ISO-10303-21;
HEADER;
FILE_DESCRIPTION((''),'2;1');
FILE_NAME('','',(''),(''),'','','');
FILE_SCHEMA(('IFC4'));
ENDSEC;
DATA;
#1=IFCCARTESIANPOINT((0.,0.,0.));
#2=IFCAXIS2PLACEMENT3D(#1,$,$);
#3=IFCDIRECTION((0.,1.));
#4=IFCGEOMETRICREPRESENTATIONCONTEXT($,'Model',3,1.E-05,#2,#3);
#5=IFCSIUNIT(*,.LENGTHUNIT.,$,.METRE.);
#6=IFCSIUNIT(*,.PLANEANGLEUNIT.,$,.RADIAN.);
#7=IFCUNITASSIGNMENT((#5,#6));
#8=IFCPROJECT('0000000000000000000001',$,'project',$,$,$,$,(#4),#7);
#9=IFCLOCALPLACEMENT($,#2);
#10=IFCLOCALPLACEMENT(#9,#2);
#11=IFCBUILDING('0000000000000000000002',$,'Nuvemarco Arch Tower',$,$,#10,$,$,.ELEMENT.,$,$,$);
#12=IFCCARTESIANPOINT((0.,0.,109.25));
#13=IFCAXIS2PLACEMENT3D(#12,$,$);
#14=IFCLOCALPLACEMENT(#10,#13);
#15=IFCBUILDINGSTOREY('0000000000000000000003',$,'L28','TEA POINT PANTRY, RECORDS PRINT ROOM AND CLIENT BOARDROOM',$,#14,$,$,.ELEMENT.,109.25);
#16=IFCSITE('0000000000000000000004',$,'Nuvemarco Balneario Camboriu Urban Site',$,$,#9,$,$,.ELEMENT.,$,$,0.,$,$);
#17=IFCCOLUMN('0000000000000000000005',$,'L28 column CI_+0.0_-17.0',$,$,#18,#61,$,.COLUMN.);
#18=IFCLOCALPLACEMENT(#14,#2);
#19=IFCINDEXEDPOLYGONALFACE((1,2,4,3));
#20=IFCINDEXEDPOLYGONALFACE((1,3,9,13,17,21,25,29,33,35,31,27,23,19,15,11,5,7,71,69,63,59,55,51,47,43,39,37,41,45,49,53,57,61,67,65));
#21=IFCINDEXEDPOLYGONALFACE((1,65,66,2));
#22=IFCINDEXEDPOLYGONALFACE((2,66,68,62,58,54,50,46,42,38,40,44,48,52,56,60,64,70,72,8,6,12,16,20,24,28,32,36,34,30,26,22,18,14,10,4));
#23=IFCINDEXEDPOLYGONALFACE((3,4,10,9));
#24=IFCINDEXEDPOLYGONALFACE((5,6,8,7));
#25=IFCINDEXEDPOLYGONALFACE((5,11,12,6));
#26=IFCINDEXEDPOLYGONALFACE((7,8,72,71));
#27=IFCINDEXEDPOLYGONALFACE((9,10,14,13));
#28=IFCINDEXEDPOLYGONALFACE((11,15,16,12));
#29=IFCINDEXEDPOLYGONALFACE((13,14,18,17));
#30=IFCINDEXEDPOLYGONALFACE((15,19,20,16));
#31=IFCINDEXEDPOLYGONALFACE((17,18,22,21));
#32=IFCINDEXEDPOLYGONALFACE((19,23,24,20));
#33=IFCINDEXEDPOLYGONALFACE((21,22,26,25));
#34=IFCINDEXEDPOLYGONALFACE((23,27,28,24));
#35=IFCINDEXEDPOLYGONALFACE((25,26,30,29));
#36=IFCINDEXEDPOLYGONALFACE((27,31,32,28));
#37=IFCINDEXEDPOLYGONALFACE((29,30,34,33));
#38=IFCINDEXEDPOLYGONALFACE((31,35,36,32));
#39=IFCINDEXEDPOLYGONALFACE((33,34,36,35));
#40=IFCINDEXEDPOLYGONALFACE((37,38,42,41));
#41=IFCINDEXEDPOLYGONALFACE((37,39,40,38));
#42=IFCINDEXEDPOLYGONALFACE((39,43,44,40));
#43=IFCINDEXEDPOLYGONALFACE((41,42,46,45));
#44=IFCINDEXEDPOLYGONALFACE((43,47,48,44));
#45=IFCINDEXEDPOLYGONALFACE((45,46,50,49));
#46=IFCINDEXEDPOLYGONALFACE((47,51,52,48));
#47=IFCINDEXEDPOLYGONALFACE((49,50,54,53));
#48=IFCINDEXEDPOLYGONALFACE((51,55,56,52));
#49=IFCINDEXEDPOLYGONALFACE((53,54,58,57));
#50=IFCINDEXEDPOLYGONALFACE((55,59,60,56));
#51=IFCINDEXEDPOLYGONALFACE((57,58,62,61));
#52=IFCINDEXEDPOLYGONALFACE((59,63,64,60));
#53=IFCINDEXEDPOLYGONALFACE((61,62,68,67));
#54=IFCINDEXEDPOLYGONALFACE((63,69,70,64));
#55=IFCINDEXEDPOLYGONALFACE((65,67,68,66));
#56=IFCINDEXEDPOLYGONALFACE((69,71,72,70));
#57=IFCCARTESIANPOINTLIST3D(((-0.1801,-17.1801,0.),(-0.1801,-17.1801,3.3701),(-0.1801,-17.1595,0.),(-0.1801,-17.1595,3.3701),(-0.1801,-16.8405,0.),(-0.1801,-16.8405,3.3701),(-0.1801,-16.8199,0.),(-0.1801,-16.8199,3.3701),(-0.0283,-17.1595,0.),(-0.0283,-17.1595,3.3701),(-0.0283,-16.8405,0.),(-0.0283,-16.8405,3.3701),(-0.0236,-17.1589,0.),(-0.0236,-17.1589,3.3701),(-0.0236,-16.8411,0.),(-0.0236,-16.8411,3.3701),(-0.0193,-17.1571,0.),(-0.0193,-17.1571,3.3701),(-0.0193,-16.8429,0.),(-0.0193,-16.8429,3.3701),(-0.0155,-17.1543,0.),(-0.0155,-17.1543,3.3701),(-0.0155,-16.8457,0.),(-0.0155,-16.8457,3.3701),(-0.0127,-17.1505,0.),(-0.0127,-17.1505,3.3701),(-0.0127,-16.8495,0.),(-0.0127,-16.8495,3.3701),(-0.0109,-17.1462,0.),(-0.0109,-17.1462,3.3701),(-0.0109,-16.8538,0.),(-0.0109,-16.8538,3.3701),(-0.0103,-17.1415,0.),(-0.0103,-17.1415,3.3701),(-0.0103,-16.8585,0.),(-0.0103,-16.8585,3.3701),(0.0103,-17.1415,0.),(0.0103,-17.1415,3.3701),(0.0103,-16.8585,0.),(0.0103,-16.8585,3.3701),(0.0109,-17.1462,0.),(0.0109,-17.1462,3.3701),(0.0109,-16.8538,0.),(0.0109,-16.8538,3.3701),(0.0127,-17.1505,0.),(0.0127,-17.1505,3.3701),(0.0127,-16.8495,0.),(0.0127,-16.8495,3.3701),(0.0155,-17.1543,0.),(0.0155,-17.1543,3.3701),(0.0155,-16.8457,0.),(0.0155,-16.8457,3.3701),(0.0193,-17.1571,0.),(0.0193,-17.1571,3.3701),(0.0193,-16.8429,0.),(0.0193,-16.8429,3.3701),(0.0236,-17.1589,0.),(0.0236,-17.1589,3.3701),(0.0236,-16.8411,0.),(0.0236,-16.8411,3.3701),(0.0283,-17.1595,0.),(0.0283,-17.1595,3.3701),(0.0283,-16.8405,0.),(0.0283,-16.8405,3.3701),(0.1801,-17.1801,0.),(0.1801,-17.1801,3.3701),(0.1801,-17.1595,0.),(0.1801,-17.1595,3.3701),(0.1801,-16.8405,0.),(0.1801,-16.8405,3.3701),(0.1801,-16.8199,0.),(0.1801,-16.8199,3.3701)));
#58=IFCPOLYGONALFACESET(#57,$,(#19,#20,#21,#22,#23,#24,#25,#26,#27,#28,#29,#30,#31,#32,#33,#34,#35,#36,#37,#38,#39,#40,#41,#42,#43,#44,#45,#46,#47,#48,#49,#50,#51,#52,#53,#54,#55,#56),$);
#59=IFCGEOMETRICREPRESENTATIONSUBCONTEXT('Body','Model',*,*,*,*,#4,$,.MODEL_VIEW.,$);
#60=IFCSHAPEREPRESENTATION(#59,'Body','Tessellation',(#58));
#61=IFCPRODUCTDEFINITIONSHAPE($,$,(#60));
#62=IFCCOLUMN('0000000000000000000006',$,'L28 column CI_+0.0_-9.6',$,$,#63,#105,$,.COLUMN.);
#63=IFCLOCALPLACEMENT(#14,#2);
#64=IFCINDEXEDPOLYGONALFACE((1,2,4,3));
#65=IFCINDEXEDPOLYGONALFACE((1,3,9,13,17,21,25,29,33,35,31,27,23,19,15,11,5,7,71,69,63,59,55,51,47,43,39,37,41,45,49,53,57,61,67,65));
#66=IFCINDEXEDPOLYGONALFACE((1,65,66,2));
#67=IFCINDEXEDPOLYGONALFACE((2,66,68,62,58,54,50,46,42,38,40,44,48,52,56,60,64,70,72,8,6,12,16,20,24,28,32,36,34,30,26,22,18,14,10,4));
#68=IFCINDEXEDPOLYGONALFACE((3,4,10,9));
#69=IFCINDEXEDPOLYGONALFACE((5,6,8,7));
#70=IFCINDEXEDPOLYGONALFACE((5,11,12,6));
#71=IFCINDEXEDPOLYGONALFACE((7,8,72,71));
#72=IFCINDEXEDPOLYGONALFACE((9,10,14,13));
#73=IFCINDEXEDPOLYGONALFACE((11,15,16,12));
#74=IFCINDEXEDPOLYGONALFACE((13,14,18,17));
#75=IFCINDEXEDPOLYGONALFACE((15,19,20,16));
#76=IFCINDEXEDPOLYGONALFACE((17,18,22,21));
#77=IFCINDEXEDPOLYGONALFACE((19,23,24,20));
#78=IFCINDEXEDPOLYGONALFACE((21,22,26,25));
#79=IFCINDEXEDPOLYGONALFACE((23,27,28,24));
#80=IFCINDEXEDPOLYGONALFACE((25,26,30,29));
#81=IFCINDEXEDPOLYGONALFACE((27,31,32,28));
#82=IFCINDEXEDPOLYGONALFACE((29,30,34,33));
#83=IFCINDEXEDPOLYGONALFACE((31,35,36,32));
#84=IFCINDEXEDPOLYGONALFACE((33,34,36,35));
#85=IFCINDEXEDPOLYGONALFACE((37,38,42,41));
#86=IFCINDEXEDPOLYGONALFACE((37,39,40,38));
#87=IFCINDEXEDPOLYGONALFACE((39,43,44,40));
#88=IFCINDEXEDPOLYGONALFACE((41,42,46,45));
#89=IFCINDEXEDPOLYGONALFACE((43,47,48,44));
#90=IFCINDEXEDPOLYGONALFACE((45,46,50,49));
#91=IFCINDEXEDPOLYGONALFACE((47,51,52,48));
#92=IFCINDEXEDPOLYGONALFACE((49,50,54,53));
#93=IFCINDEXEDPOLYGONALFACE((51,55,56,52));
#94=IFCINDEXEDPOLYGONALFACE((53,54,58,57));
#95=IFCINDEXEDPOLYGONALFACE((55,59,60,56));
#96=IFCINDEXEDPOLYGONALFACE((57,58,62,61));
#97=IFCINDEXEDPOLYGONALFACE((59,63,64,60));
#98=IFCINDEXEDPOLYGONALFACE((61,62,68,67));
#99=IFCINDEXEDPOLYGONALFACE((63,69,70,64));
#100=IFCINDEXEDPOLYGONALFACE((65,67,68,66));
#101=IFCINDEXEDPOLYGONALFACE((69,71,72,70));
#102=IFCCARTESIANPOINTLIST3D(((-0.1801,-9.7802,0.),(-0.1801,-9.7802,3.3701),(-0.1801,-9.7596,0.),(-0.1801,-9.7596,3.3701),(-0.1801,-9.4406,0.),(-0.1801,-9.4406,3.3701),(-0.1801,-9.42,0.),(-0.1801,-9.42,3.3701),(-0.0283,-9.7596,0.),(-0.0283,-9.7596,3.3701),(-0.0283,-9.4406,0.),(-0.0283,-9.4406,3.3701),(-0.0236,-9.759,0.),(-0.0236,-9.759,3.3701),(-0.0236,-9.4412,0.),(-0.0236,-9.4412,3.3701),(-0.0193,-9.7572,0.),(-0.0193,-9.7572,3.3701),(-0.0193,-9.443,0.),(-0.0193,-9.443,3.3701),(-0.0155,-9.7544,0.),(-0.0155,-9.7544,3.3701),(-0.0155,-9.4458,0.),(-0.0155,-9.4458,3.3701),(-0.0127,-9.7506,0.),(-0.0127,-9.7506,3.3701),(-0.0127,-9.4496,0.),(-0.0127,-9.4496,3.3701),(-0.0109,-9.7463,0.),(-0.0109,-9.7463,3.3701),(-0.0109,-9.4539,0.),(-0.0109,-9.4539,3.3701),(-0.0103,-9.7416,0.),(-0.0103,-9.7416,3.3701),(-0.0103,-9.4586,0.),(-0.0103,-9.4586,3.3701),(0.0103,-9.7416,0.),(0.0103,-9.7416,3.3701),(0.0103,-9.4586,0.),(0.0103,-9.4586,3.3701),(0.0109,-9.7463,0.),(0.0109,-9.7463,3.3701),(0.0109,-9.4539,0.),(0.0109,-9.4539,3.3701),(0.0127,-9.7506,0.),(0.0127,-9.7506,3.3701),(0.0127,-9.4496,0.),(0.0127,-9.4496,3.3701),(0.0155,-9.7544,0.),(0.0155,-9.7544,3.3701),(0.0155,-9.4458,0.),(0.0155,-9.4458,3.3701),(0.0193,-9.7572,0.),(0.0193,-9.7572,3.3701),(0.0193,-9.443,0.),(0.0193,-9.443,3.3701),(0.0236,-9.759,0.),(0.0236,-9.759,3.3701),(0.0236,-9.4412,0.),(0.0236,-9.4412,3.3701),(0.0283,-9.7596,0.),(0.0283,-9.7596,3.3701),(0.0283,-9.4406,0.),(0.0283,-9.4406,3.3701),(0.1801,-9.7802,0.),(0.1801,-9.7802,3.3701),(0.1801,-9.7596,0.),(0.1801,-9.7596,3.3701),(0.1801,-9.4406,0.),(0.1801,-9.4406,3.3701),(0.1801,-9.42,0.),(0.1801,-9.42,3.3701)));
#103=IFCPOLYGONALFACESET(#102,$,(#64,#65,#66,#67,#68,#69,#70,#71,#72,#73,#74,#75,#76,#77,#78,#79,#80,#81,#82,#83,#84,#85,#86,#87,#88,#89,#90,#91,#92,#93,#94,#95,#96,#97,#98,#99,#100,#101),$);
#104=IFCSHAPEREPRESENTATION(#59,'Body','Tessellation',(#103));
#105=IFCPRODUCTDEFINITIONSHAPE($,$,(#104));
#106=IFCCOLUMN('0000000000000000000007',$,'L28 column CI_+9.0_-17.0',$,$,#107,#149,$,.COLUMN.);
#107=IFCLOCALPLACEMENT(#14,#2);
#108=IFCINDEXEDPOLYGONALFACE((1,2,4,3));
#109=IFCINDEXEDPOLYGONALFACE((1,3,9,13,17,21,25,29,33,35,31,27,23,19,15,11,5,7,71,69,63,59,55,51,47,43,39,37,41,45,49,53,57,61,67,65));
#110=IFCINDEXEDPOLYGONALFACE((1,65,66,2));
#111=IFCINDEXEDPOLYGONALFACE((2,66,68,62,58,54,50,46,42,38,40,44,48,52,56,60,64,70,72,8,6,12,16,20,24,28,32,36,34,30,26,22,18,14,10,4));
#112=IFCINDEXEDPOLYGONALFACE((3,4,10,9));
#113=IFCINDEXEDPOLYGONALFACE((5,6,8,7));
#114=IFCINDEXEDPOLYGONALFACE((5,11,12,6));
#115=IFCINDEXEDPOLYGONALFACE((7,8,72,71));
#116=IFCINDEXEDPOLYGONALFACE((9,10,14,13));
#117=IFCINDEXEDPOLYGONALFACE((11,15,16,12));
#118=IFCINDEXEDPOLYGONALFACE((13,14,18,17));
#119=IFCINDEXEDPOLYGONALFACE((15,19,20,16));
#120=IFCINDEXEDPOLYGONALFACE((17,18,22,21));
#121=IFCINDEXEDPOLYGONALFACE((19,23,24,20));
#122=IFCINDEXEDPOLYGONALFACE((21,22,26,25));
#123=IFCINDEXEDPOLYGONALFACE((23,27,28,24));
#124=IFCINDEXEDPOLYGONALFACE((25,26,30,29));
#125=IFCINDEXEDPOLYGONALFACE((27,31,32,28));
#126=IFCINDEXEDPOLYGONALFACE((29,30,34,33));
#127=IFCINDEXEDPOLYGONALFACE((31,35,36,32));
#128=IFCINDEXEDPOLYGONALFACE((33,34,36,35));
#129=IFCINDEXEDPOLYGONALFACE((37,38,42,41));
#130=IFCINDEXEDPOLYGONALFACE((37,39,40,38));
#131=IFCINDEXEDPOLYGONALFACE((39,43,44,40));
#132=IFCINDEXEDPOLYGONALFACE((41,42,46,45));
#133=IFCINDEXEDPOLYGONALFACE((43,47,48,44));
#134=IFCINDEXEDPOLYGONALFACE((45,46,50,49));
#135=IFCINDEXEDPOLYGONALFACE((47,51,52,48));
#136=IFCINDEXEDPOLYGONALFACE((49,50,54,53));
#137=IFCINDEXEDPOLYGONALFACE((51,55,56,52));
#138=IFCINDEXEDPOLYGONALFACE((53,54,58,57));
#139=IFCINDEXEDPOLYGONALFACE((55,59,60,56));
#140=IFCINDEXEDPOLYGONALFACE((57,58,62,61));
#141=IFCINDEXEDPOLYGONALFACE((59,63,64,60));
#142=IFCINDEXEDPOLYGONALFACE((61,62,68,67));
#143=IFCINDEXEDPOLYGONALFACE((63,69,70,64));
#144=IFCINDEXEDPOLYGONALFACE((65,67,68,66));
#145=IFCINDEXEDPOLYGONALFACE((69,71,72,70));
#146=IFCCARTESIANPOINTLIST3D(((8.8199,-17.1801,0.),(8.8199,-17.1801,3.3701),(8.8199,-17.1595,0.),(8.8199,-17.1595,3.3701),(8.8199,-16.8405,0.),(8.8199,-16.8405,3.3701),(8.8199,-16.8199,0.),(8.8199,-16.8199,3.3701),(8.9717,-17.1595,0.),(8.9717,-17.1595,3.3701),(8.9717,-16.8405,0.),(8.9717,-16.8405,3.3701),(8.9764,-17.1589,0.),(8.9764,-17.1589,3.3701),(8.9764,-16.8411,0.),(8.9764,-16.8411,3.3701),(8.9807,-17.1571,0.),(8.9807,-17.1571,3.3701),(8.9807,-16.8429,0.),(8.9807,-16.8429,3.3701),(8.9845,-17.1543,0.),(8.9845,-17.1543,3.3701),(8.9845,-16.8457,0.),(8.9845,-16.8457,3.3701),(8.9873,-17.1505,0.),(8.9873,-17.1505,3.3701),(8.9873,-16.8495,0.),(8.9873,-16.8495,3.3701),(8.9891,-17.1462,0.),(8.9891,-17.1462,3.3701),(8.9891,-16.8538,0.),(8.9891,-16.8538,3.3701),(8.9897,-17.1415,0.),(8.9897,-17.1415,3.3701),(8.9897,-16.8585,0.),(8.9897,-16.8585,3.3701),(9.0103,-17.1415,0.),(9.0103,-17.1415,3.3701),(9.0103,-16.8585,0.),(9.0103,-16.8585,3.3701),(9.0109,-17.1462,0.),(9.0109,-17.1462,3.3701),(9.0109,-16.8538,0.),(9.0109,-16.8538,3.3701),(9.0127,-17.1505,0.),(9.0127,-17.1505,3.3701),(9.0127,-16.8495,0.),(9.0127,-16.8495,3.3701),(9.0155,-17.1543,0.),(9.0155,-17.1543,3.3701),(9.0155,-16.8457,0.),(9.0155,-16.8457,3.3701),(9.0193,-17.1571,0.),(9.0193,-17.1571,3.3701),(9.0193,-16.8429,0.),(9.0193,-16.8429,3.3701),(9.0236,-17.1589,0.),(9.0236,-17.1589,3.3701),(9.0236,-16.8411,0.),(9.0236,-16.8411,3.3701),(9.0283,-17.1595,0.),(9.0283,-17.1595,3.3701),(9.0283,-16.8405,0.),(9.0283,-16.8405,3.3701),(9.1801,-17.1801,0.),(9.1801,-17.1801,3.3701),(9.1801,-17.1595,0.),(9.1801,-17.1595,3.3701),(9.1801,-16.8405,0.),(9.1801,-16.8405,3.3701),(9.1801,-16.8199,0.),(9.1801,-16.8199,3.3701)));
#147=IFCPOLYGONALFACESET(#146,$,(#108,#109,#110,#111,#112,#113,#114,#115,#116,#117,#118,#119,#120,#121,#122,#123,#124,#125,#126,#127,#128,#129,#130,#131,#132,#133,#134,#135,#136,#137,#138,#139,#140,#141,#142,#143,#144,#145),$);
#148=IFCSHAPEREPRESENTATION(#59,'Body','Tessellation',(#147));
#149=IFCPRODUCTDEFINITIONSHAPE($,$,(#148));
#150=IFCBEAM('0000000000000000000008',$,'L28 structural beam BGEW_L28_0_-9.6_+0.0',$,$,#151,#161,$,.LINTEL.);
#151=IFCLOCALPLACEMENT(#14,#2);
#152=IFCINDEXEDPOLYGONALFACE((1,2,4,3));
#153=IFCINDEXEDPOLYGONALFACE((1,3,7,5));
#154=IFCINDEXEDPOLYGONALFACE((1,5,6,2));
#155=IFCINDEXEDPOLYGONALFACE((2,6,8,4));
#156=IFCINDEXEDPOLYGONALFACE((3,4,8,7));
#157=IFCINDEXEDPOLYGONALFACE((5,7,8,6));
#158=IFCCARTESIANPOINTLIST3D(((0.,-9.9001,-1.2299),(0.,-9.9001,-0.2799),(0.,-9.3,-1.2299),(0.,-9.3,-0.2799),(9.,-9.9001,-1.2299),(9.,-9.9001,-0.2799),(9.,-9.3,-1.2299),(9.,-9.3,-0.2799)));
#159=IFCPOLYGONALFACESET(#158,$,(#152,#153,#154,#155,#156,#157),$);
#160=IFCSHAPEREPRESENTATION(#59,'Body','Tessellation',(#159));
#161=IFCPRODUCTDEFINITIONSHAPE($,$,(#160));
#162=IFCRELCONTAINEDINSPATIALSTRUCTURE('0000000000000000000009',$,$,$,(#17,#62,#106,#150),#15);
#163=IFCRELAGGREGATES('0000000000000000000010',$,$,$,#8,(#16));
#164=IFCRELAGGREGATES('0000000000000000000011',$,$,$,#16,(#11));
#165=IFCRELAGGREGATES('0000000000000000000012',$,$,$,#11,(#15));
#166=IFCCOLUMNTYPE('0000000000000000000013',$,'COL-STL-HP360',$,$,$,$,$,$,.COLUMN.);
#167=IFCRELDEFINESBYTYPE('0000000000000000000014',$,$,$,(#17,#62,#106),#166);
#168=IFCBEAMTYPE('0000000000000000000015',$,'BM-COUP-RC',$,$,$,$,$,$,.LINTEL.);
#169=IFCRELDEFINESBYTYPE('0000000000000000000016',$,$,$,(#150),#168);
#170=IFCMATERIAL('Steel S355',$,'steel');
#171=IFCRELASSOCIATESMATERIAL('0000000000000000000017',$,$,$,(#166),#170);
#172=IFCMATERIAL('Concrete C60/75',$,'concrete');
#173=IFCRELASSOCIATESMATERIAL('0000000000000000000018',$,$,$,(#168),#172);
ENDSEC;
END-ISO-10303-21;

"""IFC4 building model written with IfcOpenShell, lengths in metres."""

from ifc_helpers import new_model, si_unit, direction, frame, origin, origin_2d, place, context, subcontext, project, spatial, rectangle, i_section, extrude, material, material_profile, profile_set, type_object, element, save


model = new_model("IFC4")

# Units and contexts
model_context = context("Model", 3, precision=1e-05, world=origin(), true_north=direction((0.0, 1.0)))
body_context = subcontext(model_context, "Body", "Model", "MODEL_VIEW")
ifc_project = project(units=[si_unit("LENGTHUNIT", "METRE"), si_unit("PLANEANGLEUNIT", "RADIAN")], contexts=[model_context])

# Site, building, storey
site_placement = place(None, origin())
site = spatial("IfcSite", under=ifc_project, at=site_placement, Name="Nuvemarco Balneario Camboriu Urban Site", CompositionType="ELEMENT", RefElevation=0.0)
building_placement = place(site_placement, origin())
building = spatial("IfcBuilding", under=site, at=building_placement, Name="Nuvemarco Arch Tower", CompositionType="ELEMENT")
storey_placement = place(building_placement, frame((0.0, 0.0, 109.25)))
storey = spatial("IfcBuildingStorey", under=building, at=storey_placement, Name="L28", Description="TEA POINT PANTRY, RECORDS PRINT ROOM AND CLIENT BOARDROOM", CompositionType="ELEMENT", Elevation=109.25)

# Columns
ifc_material_1 = material(Name="Concrete C60/75", Category="concrete")
ifc_material_2 = material(Name="Steel S355", Category="steel")
ifc_material_profile_1 = material_profile(ifc_material_2, i_section(OverallWidth=0.3601, OverallDepth=0.3601, WebThickness=0.0205, FlangeThickness=0.0205, FilletRadius=0.0181, at=origin_2d()), Name="HP360x174")
ifc_profile_set_1 = profile_set([ifc_material_profile_1], Name="Steel S355")
column_type_1 = type_object("IfcColumnType", Name="COL-STL-HP360", PredefinedType="COLUMN", material=ifc_profile_set_1)
for number, where, z_axis, x_axis, name in (
    (1, (0.0, -17.0, 0.0), (0.0, 0.0, 1.0), (1.0, 0.0, 0.0), "L28 column CI_+0.0_-17.0"),
    (2, (0.0, -9.6001, 0.0), (0.0, 0.0, 1.0), (1.0, 0.0, 0.0), "L28 column CI_+0.0_-9.6"),
    (3, (9.0, -17.0, 0.0), (0.0, 0.0, 1.0), (1.0, 0.0, 0.0), "L28 column CI_+9.0_-17.0"),
):
    element("IfcColumn", number, at=place(storey_placement, frame(where, z_axis=z_axis, x_axis=x_axis)), inside=storey, type_object=column_type_1, Name=name, PredefinedType="COLUMN", context=body_context, shape_type="SweptSolid", body=[
        extrude(i_section(OverallWidth=0.3601, OverallDepth=0.3601, WebThickness=0.0205, FlangeThickness=0.0205, FilletRadius=0.0181, at=origin_2d()), origin(), (0.0, 0.0, 1.0), 3.3701),
    ])

# Beam
ifc_material_profile_2 = material_profile(ifc_material_1, rectangle(XDim=0.6001, YDim=0.95, at=origin_2d()), Name="RC-BM-600x950")
ifc_profile_set_2 = profile_set([ifc_material_profile_2], Name="Concrete C60/75")
beam_type_1 = type_object("IfcBeamType", Name="BM-COUP-RC", PredefinedType="LINTEL", material=ifc_profile_set_2)
beam_1_placement = place(storey_placement, frame((0.0, -9.6001, -0.7549), z_axis=(1.0, 0.0, 0.0), x_axis=(0.0, 1.0, 0.0)))
element("IfcBeam", 4, at=beam_1_placement, inside=storey, type_object=beam_type_1, Name="L28 structural beam BGEW_L28_0_-9.6_+0.0", PredefinedType="LINTEL", context=body_context, shape_type="SweptSolid", body=[
    extrude(rectangle(XDim=0.6001, YDim=0.95, at=origin_2d()), origin(), (0.0, 0.0, 1.0), 9.0),
])

save(model, "model.ifc")
